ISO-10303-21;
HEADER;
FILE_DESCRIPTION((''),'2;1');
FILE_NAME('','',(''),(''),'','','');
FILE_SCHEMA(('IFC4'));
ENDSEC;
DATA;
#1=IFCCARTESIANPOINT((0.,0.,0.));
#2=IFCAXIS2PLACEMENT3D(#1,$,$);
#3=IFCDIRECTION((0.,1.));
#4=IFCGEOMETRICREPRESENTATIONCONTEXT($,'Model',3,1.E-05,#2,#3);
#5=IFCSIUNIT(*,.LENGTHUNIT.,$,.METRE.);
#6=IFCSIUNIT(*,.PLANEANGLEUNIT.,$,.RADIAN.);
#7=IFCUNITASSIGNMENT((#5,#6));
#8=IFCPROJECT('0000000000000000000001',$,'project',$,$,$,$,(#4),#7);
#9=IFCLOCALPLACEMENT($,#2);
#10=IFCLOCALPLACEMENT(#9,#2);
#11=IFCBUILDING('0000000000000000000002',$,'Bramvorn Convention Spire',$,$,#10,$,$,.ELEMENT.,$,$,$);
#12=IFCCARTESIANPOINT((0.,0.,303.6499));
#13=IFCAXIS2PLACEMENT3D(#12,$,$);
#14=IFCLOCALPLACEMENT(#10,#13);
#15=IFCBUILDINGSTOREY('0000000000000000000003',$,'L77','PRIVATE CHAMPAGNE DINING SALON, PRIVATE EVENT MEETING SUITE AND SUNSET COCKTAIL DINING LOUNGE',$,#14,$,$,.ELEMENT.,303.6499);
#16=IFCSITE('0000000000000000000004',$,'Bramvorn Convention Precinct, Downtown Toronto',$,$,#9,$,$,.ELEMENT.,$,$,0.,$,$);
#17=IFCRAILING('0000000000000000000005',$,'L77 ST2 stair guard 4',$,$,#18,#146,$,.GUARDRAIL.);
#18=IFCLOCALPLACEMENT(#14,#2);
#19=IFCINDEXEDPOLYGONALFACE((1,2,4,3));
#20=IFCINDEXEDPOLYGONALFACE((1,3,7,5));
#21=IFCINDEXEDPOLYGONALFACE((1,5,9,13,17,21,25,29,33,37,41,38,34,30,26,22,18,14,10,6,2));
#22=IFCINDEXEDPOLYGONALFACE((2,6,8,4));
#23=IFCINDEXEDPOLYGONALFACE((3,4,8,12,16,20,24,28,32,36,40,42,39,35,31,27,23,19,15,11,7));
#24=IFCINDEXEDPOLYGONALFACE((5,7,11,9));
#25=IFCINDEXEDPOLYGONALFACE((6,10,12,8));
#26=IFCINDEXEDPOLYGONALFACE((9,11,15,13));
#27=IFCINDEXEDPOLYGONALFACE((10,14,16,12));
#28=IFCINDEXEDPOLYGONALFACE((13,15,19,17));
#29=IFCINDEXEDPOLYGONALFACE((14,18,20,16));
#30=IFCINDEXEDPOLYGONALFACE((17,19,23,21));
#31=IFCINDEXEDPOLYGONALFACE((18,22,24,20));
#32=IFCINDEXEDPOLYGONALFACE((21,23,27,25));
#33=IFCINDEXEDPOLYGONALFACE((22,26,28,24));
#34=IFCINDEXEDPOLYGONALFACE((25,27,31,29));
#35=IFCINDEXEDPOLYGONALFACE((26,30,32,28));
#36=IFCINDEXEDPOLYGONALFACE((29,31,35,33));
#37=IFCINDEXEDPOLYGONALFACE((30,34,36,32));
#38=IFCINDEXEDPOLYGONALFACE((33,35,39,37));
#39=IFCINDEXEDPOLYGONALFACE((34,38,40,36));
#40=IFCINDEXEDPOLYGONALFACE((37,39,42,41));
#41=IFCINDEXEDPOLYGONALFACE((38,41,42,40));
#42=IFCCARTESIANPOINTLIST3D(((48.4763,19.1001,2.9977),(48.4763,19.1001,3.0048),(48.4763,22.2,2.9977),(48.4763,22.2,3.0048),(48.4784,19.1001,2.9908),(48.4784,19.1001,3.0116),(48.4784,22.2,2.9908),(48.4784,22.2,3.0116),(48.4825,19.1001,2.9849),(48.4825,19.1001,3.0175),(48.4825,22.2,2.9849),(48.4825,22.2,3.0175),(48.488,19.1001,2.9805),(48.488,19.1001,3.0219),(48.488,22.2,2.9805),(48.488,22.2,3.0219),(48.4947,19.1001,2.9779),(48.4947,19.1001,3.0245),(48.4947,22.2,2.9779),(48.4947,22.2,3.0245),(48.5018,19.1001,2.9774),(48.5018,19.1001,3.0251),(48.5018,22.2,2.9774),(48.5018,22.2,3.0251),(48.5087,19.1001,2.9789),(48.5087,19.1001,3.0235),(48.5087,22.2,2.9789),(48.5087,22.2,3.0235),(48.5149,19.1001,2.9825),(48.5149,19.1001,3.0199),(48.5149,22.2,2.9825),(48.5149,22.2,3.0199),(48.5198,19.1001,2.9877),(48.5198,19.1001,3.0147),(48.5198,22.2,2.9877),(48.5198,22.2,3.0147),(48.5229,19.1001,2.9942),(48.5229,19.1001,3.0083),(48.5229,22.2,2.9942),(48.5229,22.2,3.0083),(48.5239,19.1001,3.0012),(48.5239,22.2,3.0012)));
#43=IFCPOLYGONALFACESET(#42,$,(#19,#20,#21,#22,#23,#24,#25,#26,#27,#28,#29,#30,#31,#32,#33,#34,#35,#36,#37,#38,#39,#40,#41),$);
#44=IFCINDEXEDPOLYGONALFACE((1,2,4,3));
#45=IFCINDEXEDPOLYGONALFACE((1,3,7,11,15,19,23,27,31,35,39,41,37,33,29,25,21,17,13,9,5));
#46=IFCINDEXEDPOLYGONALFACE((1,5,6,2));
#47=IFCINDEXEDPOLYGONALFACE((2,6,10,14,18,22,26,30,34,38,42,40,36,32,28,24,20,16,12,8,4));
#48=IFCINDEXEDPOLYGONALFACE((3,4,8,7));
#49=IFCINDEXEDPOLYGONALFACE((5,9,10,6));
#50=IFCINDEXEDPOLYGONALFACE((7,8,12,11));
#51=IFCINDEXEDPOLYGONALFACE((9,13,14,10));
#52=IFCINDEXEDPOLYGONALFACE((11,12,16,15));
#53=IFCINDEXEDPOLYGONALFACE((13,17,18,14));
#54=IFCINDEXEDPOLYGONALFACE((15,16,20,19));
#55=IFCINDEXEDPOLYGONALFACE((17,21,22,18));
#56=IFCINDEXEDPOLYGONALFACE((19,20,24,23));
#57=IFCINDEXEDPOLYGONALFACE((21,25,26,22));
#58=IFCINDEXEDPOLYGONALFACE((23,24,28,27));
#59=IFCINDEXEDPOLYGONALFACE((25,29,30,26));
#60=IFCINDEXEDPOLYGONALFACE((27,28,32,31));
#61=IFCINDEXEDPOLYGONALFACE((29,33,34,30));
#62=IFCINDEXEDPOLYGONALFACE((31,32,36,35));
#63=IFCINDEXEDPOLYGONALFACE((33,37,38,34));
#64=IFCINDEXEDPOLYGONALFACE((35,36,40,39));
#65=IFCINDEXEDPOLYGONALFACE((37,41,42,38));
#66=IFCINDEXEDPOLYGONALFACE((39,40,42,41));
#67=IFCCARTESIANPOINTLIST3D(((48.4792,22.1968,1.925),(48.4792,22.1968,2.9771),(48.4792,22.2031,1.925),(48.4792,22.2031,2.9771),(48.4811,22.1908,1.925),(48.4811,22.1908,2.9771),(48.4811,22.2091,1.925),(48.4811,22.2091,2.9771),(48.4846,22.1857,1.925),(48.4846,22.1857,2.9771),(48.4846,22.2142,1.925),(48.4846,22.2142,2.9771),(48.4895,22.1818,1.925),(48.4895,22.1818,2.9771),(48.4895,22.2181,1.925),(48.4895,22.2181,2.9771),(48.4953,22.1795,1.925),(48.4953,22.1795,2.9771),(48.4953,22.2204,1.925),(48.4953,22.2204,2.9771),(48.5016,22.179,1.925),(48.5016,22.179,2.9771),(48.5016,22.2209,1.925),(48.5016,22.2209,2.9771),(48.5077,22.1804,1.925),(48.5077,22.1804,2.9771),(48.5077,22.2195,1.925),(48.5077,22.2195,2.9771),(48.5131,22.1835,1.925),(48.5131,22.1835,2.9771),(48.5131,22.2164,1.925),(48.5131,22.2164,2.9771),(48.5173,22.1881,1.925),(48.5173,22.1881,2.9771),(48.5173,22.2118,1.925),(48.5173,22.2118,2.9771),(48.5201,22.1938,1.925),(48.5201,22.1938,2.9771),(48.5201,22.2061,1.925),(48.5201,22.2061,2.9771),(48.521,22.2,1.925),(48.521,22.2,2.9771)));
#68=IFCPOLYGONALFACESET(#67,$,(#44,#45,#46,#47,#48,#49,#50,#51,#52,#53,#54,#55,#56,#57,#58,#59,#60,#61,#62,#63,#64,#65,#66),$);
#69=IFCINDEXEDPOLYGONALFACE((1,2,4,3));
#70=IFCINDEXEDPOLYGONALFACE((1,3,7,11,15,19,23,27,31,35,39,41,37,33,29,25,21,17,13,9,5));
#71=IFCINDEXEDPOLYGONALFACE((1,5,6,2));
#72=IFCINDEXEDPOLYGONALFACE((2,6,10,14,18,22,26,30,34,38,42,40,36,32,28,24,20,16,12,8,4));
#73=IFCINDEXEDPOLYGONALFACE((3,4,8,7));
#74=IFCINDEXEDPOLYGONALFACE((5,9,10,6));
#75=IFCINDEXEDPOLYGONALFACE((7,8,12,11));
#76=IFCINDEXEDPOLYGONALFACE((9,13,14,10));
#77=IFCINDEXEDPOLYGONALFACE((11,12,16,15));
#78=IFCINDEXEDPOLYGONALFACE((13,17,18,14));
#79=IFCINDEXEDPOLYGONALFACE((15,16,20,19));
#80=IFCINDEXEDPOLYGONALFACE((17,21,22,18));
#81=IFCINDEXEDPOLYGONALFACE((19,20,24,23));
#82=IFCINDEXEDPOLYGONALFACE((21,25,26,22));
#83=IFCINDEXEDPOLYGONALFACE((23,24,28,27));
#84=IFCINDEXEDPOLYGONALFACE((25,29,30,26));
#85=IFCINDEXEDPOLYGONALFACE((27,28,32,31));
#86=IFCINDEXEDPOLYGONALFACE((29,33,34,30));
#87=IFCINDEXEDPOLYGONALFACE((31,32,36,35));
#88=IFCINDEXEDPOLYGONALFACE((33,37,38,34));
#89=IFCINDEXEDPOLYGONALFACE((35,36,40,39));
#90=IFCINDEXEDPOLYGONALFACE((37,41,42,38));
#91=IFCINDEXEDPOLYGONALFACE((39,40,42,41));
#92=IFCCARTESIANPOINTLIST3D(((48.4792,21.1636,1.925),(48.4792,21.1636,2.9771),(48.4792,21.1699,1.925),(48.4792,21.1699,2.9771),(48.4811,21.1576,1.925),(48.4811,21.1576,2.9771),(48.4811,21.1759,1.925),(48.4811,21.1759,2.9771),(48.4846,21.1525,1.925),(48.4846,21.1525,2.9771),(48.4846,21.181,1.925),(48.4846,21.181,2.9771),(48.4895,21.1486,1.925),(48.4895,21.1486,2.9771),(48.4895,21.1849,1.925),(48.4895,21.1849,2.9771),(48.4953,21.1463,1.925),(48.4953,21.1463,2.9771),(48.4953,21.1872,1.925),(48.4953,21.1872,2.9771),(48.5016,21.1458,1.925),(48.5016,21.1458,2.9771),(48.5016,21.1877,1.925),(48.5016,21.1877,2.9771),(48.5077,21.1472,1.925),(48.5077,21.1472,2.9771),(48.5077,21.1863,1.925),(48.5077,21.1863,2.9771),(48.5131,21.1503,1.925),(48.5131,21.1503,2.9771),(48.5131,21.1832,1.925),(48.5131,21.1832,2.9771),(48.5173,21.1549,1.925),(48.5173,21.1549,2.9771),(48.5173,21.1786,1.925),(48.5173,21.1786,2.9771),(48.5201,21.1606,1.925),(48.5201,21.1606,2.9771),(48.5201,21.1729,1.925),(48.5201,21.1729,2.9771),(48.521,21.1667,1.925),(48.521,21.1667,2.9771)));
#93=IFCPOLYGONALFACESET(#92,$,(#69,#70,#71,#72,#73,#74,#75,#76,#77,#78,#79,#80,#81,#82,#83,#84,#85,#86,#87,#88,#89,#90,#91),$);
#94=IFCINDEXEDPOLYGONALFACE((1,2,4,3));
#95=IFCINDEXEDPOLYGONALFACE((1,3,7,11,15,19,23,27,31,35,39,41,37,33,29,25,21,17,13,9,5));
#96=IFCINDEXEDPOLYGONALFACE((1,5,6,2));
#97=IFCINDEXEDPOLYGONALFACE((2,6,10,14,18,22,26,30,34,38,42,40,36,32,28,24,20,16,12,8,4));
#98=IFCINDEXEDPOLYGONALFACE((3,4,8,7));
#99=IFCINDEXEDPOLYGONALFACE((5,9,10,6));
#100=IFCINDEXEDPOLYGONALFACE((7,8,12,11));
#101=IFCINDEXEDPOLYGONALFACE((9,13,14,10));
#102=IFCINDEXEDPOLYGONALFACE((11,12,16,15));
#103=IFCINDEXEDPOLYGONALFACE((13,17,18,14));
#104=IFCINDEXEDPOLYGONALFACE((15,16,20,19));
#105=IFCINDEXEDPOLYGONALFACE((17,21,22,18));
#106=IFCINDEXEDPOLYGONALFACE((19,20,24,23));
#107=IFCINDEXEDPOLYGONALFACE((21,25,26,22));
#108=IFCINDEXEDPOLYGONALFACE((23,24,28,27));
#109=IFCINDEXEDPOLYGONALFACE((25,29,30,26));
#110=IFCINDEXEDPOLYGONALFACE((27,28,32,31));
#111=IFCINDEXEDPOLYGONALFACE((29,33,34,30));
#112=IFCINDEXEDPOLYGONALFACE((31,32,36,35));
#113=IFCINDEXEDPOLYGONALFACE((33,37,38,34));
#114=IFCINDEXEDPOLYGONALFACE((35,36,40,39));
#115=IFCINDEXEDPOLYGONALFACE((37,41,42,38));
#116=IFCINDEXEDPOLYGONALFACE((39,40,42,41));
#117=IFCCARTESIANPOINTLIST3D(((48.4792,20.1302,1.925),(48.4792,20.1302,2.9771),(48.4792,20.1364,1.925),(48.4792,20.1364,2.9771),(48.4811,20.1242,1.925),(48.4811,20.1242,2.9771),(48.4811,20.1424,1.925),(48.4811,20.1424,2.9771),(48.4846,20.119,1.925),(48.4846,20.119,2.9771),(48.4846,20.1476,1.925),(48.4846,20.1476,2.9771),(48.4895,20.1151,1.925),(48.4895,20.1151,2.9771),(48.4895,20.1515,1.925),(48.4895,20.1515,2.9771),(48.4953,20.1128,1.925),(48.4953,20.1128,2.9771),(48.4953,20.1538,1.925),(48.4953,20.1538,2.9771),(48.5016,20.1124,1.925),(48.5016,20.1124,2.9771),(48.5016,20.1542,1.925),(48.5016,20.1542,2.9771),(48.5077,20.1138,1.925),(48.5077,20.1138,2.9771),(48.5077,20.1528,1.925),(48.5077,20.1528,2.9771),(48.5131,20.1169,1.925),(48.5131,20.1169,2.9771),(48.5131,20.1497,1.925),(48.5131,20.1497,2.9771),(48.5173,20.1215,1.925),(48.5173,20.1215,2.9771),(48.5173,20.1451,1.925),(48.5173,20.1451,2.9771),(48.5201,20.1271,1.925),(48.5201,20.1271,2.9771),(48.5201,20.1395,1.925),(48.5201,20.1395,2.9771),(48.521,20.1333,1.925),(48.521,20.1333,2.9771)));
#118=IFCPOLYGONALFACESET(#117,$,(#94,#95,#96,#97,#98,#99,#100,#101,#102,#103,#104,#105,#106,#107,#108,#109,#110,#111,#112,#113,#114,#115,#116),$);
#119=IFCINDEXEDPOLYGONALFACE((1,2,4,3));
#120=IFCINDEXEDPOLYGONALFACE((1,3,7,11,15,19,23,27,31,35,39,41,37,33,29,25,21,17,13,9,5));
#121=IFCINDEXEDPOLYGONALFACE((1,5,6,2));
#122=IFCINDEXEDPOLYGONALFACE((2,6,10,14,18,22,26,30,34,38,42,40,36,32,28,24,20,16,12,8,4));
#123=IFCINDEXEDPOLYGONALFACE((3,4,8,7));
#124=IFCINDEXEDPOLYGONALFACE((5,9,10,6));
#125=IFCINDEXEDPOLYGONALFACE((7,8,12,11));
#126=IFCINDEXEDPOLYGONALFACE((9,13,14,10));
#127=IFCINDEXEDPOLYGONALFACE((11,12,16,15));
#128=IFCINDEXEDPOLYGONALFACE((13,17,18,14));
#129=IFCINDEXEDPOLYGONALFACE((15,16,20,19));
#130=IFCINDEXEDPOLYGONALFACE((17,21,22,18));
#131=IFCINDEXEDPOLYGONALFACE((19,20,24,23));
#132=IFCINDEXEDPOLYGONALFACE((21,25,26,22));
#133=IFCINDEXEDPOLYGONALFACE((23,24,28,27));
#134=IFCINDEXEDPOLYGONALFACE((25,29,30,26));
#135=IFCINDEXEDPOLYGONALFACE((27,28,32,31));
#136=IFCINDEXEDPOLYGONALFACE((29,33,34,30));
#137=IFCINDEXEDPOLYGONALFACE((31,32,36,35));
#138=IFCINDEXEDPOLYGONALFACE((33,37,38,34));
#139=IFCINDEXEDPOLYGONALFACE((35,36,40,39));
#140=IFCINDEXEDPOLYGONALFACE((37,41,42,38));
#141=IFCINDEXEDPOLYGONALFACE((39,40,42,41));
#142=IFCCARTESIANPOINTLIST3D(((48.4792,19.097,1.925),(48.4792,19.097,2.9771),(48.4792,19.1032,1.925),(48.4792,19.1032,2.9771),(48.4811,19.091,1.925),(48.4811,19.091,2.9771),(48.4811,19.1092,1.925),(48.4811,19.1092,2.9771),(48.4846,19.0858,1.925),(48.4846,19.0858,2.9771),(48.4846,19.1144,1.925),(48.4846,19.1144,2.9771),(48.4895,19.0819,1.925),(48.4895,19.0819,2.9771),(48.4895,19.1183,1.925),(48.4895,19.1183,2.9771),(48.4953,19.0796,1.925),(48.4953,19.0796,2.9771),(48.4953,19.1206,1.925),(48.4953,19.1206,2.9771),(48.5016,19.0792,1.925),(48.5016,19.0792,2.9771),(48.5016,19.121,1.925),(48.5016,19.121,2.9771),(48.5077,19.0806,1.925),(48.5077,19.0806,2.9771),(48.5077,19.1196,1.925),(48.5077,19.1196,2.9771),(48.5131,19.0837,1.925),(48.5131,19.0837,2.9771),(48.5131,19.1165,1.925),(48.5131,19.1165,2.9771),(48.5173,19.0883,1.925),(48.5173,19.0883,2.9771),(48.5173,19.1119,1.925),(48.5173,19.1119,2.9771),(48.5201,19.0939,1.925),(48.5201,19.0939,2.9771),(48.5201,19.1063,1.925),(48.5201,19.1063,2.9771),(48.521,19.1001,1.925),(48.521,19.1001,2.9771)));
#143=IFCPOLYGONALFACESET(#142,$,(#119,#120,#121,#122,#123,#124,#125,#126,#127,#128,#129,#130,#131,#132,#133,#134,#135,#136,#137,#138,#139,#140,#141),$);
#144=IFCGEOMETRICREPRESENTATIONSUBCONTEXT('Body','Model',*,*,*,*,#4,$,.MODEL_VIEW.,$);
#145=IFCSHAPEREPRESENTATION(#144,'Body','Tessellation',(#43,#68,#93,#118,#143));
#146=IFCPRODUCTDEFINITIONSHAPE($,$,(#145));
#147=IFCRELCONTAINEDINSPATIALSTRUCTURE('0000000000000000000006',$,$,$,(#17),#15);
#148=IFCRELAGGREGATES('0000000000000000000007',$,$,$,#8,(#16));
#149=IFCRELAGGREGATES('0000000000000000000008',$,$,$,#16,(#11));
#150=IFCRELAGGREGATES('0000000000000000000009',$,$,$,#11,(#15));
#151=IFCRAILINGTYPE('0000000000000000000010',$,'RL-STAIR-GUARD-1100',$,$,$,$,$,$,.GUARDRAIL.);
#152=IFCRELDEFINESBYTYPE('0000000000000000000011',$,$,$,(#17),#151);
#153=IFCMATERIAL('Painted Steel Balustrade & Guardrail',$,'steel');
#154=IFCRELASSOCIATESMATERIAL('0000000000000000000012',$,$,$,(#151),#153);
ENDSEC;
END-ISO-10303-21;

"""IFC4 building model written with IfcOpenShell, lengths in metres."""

from ifc_helpers import new_model, si_unit, direction, frame, origin, origin_2d, place, context, subcontext, project, spatial, circle, extrude, material, type_object, element, save


model = new_model("IFC4")

# Units and contexts
model_context = context("Model", 3, precision=1e-05, world=origin(), true_north=direction((0.0, 1.0)))
body_context = subcontext(model_context, "Body", "Model", "MODEL_VIEW")
ifc_project = project(units=[si_unit("LENGTHUNIT", "METRE"), si_unit("PLANEANGLEUNIT", "RADIAN")], contexts=[model_context])

# Site, building, storey
site_placement = place(None, origin())
site = spatial("IfcSite", under=ifc_project, at=site_placement, Name="Bramvorn Convention Precinct, Downtown Toronto", CompositionType="ELEMENT", RefElevation=0.0)
building_placement = place(site_placement, origin())
building = spatial("IfcBuilding", under=site, at=building_placement, Name="Bramvorn Convention Spire", CompositionType="ELEMENT")
storey_placement = place(building_placement, frame((0.0, 0.0, 303.6499)))
storey = spatial("IfcBuildingStorey", under=building, at=storey_placement, Name="L77", Description="PRIVATE CHAMPAGNE DINING SALON, PRIVATE EVENT MEETING SUITE AND SUNSET COCKTAIL DINING LOUNGE", CompositionType="ELEMENT", Elevation=303.6499)

# Railing
ifc_material_1 = material(Name="Painted Steel Balustrade & Guardrail", Category="steel")
railing_type_1 = type_object("IfcRailingType", Name="RL-STAIR-GUARD-1100", PredefinedType="GUARDRAIL", material=ifc_material_1)
railing_1_placement = place(storey_placement, frame((48.5, 22.2, 1.925)))
element("IfcRailing", 1, at=railing_1_placement, inside=storey, type_object=railing_type_1, Name="L77 ST2 stair guard 4", PredefinedType="GUARDRAIL", context=body_context, shape_type="SweptSolid", body=[
    extrude(circle(Radius=0.0239, at=origin_2d()), frame((0.0, 0.0, 1.0762), z_axis=(0.0, -1.0, 0.0), x_axis=(1.0, 0.0, 0.0)), (0.0, 0.0, 1.0), 3.0999),
    extrude(circle(Radius=0.021, at=origin_2d()), origin(), (0.0, 0.0, 1.0), 1.052),
    extrude(circle(Radius=0.021, at=origin_2d()), frame((0.0, -1.0332, 0.0)), (0.0, 0.0, 1.0), 1.052),
    extrude(circle(Radius=0.021, at=origin_2d()), frame((0.0, -2.0667, 0.0)), (0.0, 0.0, 1.0), 1.052),
    extrude(circle(Radius=0.021, at=origin_2d()), frame((0.0, -3.0999, 0.0)), (0.0, 0.0, 1.0), 1.052),
])

save(model, "model.ifc")
